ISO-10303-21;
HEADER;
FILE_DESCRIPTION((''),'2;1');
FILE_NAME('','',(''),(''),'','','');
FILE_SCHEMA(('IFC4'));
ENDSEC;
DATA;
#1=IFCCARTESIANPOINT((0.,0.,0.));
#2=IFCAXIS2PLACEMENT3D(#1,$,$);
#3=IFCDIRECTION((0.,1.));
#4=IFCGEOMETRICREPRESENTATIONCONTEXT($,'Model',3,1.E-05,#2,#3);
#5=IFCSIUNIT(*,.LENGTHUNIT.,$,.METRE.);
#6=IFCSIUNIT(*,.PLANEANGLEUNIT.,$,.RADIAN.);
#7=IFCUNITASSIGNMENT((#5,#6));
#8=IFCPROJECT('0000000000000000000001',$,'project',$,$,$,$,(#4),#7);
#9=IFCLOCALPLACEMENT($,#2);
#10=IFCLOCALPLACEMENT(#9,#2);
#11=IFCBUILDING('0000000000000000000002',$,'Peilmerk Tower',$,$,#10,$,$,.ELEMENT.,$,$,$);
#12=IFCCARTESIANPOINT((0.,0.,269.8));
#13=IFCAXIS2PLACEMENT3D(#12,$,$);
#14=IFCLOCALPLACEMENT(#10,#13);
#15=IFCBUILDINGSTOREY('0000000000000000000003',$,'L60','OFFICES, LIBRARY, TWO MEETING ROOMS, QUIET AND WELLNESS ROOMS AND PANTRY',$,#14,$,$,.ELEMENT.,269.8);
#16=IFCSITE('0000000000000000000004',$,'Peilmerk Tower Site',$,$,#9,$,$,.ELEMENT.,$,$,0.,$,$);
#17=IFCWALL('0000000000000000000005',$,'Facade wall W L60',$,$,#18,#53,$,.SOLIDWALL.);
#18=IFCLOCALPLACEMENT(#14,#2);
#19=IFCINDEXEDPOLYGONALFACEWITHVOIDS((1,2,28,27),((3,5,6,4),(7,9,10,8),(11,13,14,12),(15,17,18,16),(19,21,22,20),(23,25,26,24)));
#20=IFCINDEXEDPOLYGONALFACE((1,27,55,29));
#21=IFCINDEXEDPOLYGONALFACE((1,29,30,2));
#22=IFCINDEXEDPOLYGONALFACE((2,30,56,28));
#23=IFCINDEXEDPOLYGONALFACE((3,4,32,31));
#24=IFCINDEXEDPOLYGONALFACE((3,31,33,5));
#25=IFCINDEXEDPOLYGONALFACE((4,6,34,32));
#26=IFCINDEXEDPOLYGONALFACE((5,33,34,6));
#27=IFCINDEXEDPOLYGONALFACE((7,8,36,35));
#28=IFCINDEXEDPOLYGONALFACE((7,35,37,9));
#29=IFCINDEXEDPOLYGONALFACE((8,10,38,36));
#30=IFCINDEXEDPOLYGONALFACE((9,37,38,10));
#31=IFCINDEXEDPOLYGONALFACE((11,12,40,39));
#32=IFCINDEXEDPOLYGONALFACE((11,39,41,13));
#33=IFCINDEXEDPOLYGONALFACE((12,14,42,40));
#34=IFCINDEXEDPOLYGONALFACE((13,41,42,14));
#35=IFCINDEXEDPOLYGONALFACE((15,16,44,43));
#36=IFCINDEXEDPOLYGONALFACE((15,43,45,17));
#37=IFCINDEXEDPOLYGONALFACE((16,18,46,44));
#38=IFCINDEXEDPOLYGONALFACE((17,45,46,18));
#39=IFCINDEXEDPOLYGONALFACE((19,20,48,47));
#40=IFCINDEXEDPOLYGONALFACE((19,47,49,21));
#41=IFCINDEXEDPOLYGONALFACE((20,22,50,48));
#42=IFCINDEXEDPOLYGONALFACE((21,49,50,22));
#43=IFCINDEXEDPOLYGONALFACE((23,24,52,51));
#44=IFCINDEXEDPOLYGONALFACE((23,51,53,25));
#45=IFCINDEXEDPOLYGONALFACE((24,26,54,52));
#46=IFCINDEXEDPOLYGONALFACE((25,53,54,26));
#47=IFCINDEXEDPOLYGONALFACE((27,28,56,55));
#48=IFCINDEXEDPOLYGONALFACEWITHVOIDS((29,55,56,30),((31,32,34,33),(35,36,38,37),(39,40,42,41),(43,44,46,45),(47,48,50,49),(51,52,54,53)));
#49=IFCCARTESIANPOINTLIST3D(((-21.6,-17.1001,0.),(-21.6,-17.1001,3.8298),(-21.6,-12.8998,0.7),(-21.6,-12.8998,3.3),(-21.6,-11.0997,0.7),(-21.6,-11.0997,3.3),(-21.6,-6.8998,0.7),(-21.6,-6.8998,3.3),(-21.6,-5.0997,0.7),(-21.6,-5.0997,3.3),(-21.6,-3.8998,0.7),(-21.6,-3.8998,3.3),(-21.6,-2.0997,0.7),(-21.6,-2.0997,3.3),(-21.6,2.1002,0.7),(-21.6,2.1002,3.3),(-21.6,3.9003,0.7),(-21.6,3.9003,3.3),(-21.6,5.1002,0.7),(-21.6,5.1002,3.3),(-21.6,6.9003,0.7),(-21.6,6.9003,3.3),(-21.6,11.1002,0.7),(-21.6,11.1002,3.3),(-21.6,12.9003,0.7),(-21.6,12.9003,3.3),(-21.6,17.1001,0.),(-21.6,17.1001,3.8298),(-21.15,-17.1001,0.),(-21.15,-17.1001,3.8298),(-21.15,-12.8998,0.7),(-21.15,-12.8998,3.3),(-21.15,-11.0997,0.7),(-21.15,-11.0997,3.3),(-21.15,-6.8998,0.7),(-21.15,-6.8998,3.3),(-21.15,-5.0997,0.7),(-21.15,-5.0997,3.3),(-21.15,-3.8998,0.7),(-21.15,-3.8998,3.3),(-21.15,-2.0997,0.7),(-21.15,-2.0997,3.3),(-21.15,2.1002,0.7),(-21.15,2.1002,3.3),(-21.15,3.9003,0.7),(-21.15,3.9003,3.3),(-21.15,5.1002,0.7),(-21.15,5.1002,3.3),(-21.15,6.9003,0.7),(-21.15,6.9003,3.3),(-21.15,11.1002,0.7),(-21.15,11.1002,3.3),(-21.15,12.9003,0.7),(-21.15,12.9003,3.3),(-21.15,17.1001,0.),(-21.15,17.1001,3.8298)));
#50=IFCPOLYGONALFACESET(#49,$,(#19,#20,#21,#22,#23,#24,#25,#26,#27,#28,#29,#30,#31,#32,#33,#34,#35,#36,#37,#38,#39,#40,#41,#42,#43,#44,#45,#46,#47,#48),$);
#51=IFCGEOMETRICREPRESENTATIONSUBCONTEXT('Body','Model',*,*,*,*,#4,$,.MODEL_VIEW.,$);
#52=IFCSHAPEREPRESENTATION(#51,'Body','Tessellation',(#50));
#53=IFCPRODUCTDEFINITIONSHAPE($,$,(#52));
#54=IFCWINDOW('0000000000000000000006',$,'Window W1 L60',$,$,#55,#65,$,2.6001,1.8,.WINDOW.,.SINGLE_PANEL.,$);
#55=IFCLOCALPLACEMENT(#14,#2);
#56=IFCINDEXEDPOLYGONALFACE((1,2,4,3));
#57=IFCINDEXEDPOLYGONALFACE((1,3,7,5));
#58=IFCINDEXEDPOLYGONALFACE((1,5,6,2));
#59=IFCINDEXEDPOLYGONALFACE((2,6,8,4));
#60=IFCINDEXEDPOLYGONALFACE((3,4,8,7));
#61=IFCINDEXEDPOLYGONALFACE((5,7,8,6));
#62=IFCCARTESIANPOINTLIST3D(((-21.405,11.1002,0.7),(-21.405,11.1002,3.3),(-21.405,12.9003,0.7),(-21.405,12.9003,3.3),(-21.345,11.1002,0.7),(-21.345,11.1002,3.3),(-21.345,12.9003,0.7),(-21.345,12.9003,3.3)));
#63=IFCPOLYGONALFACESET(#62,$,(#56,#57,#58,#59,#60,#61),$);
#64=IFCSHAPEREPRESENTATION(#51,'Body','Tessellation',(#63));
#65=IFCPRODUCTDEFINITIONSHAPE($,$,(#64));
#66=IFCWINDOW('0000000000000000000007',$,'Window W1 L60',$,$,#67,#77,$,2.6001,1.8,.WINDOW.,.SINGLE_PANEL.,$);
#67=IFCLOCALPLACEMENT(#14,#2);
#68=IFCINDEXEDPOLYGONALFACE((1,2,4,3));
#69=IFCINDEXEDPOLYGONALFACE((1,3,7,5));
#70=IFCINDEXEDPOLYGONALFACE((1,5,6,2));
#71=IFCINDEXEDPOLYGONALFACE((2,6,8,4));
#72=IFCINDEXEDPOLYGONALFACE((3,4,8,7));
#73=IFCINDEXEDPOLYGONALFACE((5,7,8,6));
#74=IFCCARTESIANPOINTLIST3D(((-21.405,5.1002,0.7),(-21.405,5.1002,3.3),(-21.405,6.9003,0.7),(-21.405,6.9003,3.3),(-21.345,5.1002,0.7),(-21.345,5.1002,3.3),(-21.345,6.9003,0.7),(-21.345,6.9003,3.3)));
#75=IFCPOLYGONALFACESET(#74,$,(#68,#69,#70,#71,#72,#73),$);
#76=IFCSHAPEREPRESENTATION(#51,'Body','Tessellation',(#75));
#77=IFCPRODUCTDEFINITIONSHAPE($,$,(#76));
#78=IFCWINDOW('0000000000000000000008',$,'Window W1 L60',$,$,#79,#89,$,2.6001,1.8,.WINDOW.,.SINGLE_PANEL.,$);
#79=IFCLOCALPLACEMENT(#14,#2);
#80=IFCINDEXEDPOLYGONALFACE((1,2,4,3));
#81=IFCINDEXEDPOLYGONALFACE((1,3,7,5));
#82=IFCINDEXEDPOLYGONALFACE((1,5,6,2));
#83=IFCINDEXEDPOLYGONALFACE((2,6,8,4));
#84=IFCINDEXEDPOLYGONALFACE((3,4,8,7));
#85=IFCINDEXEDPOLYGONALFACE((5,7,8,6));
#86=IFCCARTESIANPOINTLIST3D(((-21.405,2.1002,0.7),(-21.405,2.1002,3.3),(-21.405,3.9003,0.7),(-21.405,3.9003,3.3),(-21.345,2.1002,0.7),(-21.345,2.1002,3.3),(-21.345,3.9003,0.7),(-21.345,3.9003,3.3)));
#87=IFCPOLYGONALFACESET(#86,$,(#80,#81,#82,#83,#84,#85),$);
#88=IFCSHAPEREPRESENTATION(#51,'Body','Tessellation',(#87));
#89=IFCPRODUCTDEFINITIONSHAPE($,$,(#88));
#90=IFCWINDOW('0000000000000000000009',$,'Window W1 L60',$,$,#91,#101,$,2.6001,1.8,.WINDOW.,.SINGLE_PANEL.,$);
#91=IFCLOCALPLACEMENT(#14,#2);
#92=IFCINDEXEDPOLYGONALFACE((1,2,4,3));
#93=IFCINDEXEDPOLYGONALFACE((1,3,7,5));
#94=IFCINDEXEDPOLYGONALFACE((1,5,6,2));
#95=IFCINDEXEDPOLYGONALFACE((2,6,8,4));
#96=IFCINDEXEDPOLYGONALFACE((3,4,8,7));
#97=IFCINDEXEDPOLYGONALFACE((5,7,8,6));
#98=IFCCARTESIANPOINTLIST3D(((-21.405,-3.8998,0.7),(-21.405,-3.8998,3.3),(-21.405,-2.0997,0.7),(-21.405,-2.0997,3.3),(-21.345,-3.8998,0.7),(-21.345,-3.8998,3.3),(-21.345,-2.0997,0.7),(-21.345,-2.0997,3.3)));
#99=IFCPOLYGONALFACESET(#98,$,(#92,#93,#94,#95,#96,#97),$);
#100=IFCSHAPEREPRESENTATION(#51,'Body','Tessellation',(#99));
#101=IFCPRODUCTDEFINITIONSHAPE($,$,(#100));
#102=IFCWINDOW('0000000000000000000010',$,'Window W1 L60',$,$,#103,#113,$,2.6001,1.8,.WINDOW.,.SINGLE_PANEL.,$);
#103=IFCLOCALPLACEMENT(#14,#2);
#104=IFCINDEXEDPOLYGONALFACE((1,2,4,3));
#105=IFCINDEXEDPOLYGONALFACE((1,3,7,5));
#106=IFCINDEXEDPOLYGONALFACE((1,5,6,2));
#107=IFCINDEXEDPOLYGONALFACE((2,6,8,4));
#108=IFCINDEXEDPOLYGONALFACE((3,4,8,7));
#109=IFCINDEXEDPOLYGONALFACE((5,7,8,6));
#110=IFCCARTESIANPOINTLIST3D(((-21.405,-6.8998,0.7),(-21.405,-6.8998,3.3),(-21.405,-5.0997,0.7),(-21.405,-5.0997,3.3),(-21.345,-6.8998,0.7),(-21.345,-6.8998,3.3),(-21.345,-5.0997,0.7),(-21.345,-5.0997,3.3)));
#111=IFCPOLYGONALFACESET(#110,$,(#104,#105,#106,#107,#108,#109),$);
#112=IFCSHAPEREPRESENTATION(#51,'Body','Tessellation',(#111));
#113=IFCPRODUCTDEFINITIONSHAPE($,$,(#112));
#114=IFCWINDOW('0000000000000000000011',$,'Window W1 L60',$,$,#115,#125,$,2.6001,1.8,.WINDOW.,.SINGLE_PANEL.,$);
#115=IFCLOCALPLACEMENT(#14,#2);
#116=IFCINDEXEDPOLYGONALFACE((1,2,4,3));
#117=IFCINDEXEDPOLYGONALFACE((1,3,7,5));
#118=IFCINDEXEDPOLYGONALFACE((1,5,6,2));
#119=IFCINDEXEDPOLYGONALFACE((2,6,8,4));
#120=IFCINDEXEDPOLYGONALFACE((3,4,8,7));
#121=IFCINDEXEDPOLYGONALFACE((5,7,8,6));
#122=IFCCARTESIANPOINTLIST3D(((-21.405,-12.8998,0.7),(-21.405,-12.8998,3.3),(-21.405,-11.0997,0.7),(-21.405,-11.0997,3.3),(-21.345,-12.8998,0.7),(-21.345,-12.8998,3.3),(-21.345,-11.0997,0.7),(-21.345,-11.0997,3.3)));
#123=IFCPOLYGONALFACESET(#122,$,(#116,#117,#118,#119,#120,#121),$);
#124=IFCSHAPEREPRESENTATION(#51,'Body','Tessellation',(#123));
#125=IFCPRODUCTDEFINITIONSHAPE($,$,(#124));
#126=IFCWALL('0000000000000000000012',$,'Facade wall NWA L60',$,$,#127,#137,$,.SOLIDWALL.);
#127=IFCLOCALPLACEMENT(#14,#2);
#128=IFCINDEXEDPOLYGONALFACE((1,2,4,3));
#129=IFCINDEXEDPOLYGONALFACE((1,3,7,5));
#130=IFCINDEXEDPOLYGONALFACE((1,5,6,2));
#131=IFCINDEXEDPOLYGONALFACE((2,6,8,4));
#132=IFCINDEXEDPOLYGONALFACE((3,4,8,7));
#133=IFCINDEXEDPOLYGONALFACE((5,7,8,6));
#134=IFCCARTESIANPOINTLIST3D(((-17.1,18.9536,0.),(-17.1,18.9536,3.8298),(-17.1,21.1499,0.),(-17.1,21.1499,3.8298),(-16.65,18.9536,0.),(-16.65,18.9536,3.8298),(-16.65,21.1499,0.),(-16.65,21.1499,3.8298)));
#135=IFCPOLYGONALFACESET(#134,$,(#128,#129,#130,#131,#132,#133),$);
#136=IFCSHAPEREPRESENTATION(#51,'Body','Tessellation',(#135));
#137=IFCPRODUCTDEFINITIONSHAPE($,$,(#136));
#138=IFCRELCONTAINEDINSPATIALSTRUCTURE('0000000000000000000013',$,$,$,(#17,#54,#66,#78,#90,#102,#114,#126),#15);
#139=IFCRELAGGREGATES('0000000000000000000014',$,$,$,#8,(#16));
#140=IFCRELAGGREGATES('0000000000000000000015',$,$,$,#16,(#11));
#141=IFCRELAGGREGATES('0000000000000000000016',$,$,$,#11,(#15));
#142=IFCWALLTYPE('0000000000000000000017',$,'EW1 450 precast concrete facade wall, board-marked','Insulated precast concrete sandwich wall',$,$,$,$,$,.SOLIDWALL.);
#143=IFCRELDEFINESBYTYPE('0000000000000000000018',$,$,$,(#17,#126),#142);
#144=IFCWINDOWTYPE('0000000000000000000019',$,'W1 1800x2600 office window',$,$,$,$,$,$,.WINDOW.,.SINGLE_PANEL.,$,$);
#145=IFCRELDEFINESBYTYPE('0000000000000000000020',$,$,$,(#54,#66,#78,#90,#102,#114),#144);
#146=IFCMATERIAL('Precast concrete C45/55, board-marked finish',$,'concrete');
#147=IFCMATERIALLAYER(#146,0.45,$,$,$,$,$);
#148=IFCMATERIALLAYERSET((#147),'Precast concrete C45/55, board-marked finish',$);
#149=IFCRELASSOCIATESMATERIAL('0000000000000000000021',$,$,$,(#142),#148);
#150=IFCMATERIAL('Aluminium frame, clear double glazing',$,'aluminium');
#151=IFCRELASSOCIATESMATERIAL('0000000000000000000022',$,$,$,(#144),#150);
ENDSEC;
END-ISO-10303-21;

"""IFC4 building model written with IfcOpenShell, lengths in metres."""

from ifc_helpers import new_model, si_unit, direction, frame, frame_2d, origin, place, context, subcontext, project, spatial, rectangle, extrude, material, layer, layer_set, type_object, element, fill, save


model = new_model("IFC4")

# Units and contexts
model_context = context("Model", 3, precision=1e-05, world=origin(), true_north=direction((0.0, 1.0)))
body_context = subcontext(model_context, "Body", "Model", "MODEL_VIEW")
ifc_project = project(units=[si_unit("LENGTHUNIT", "METRE"), si_unit("PLANEANGLEUNIT", "RADIAN")], contexts=[model_context])

# Site, building, storey
site_placement = place(None, origin())
site = spatial("IfcSite", under=ifc_project, at=site_placement, Name="Peilmerk Tower Site", CompositionType="ELEMENT", RefElevation=0.0)
building_placement = place(site_placement, origin())
building = spatial("IfcBuilding", under=site, at=building_placement, Name="Peilmerk Tower", CompositionType="ELEMENT")
storey_placement = place(building_placement, frame((0.0, 0.0, 269.8)))
storey = spatial("IfcBuildingStorey", under=building, at=storey_placement, Name="L60", Description="OFFICES, LIBRARY, TWO MEETING ROOMS, QUIET AND WELLNESS ROOMS AND PANTRY", CompositionType="ELEMENT", Elevation=269.8)

# Wall, openings, windows
ifc_material_1 = material(Name="Precast concrete C45/55, board-marked finish", Category="concrete")
ifc_layer_1 = layer(ifc_material_1, 0.45)
ifc_layer_set_1 = layer_set([ifc_layer_1], Name="Precast concrete C45/55, board-marked finish")
wall_type = type_object("IfcWallType", Name="EW1 450 precast concrete facade wall, board-marked", Description="Insulated precast concrete sandwich wall", PredefinedType="SOLIDWALL", material=ifc_layer_set_1)
wall_1_placement = place(storey_placement, frame((-21.375, 17.1001, 0.0), z_axis=(0.0, 0.0, 1.0), x_axis=(0.0, -1.0, 0.0)))
wall_1 = element("IfcWall", 1, at=wall_1_placement, inside=storey, type_object=wall_type, Name="Facade wall W L60", PredefinedType="SOLIDWALL", context=body_context, shape_type="SweptSolid", body=[
    extrude(rectangle(XDim=34.2002, YDim=0.45, at=frame_2d((17.1001, 0.0))), origin(), (0.0, 0.0, 1.0), 3.8298),
])
opening_1_placement = place(wall_1_placement, frame((4.2, 0.0, 0.7)))
opening_1 = element("IfcOpeningElement", 2, at=opening_1_placement, cuts=wall_1, PredefinedType="OPENING", context=body_context, shape_type="SweptSolid", body=[
    extrude(rectangle(XDim=1.8, YDim=2.6001, at=frame_2d((0.8999, 1.3))), frame((0.0, 0.2349, 0.0), z_axis=(0.0, -1.0, 0.0), x_axis=(1.0, 0.0, 0.0)), (0.0, 0.0, 1.0), 0.47),
])
opening_2_placement = place(wall_1_placement, frame((10.2, 0.0, 0.7)))
opening_2 = element("IfcOpeningElement", 3, at=opening_2_placement, cuts=wall_1, PredefinedType="OPENING", context=body_context, shape_type="SweptSolid", body=[
    extrude(rectangle(XDim=1.8, YDim=2.6001, at=frame_2d((0.8999, 1.3))), frame((0.0, 0.2349, 0.0), z_axis=(0.0, -1.0, 0.0), x_axis=(1.0, 0.0, 0.0)), (0.0, 0.0, 1.0), 0.47),
])
opening_3_placement = place(wall_1_placement, frame((13.2, 0.0, 0.7)))
opening_3 = element("IfcOpeningElement", 4, at=opening_3_placement, cuts=wall_1, PredefinedType="OPENING", context=body_context, shape_type="SweptSolid", body=[
    extrude(rectangle(XDim=1.8, YDim=2.6001, at=frame_2d((0.8999, 1.3))), frame((0.0, 0.2349, 0.0), z_axis=(0.0, -1.0, 0.0), x_axis=(1.0, 0.0, 0.0)), (0.0, 0.0, 1.0), 0.47),
])
opening_4_placement = place(wall_1_placement, frame((19.2, 0.0, 0.7)))
opening_4 = element("IfcOpeningElement", 5, at=opening_4_placement, cuts=wall_1, PredefinedType="OPENING", context=body_context, shape_type="SweptSolid", body=[
    extrude(rectangle(XDim=1.8, YDim=2.6001, at=frame_2d((0.8999, 1.3))), frame((0.0, 0.2349, 0.0), z_axis=(0.0, -1.0, 0.0), x_axis=(1.0, 0.0, 0.0)), (0.0, 0.0, 1.0), 0.47),
])
opening_5_placement = place(wall_1_placement, frame((22.2, 0.0, 0.7)))
opening_5 = element("IfcOpeningElement", 6, at=opening_5_placement, cuts=wall_1, PredefinedType="OPENING", context=body_context, shape_type="SweptSolid", body=[
    extrude(rectangle(XDim=1.8, YDim=2.6001, at=frame_2d((0.8999, 1.3))), frame((0.0, 0.2349, 0.0), z_axis=(0.0, -1.0, 0.0), x_axis=(1.0, 0.0, 0.0)), (0.0, 0.0, 1.0), 0.47),
])
opening_6_placement = place(wall_1_placement, frame((28.2, 0.0, 0.7)))
opening_6 = element("IfcOpeningElement", 7, at=opening_6_placement, cuts=wall_1, PredefinedType="OPENING", context=body_context, shape_type="SweptSolid", body=[
    extrude(rectangle(XDim=1.8, YDim=2.6001, at=frame_2d((0.8999, 1.3))), frame((0.0, 0.2349, 0.0), z_axis=(0.0, -1.0, 0.0), x_axis=(1.0, 0.0, 0.0)), (0.0, 0.0, 1.0), 0.47),
])
ifc_material_2 = material(Name="Aluminium frame, clear double glazing", Category="aluminium")
window_type = type_object("IfcWindowType", Name="W1 1800x2600 office window", PartitioningType="SINGLE_PANEL", PredefinedType="WINDOW", material=ifc_material_2)
window_1_placement = place(opening_1_placement, origin())
window_1 = element("IfcWindow", 8, at=window_1_placement, inside=storey, type_object=window_type, Name="Window W1 L60", OverallHeight=2.6001, OverallWidth=1.8, PartitioningType="SINGLE_PANEL", PredefinedType="WINDOW", context=body_context, shape_type="SweptSolid", body=[
    extrude(rectangle(XDim=1.8, YDim=2.6001, at=frame_2d((0.8999, 1.3))), frame((0.0, 0.03, 0.0), z_axis=(0.0, -1.0, 0.0), x_axis=(1.0, 0.0, 0.0)), (0.0, 0.0, 1.0), 0.0601),
])
fill(opening_1, window_1)
window_2_placement = place(opening_2_placement, origin())
window_2 = element("IfcWindow", 9, at=window_2_placement, inside=storey, type_object=window_type, Name="Window W1 L60", OverallHeight=2.6001, OverallWidth=1.8, PartitioningType="SINGLE_PANEL", PredefinedType="WINDOW", context=body_context, shape_type="SweptSolid", body=[
    extrude(rectangle(XDim=1.8, YDim=2.6001, at=frame_2d((0.8999, 1.3))), frame((0.0, 0.03, 0.0), z_axis=(0.0, -1.0, 0.0), x_axis=(1.0, 0.0, 0.0)), (0.0, 0.0, 1.0), 0.0601),
])
fill(opening_2, window_2)
window_3_placement = place(opening_3_placement, origin())
window_3 = element("IfcWindow", 10, at=window_3_placement, inside=storey, type_object=window_type, Name="Window W1 L60", OverallHeight=2.6001, OverallWidth=1.8, PartitioningType="SINGLE_PANEL", PredefinedType="WINDOW", context=body_context, shape_type="SweptSolid", body=[
    extrude(rectangle(XDim=1.8, YDim=2.6001, at=frame_2d((0.8999, 1.3))), frame((0.0, 0.03, 0.0), z_axis=(0.0, -1.0, 0.0), x_axis=(1.0, 0.0, 0.0)), (0.0, 0.0, 1.0), 0.0601),
])
fill(opening_3, window_3)
window_4_placement = place(opening_4_placement, origin())
window_4 = element("IfcWindow", 11, at=window_4_placement, inside=storey, type_object=window_type, Name="Window W1 L60", OverallHeight=2.6001, OverallWidth=1.8, PartitioningType="SINGLE_PANEL", PredefinedType="WINDOW", context=body_context, shape_type="SweptSolid", body=[
    extrude(rectangle(XDim=1.8, YDim=2.6001, at=frame_2d((0.8999, 1.3))), frame((0.0, 0.03, 0.0), z_axis=(0.0, -1.0, 0.0), x_axis=(1.0, 0.0, 0.0)), (0.0, 0.0, 1.0), 0.0601),
])
fill(opening_4, window_4)
window_5_placement = place(opening_5_placement, origin())
window_5 = element("IfcWindow", 12, at=window_5_placement, inside=storey, type_object=window_type, Name="Window W1 L60", OverallHeight=2.6001, OverallWidth=1.8, PartitioningType="SINGLE_PANEL", PredefinedType="WINDOW", context=body_context, shape_type="SweptSolid", body=[
    extrude(rectangle(XDim=1.8, YDim=2.6001, at=frame_2d((0.8999, 1.3))), frame((0.0, 0.03, 0.0), z_axis=(0.0, -1.0, 0.0), x_axis=(1.0, 0.0, 0.0)), (0.0, 0.0, 1.0), 0.0601),
])
fill(opening_5, window_5)
window_6_placement = place(opening_6_placement, origin())
window_6 = element("IfcWindow", 13, at=window_6_placement, inside=storey, type_object=window_type, Name="Window W1 L60", OverallHeight=2.6001, OverallWidth=1.8, PartitioningType="SINGLE_PANEL", PredefinedType="WINDOW", context=body_context, shape_type="SweptSolid", body=[
    extrude(rectangle(XDim=1.8, YDim=2.6001, at=frame_2d((0.8999, 1.3))), frame((0.0, 0.03, 0.0), z_axis=(0.0, -1.0, 0.0), x_axis=(1.0, 0.0, 0.0)), (0.0, 0.0, 1.0), 0.0601),
])
fill(opening_6, window_6)

# Wall
wall_2_placement = place(storey_placement, frame((-16.875, 18.9536, 0.0), z_axis=(0.0, 0.0, 1.0), x_axis=(0.0, 1.0, 0.0)))
element("IfcWall", 14, at=wall_2_placement, inside=storey, type_object=wall_type, Name="Facade wall NWA L60", PredefinedType="SOLIDWALL", context=body_context, shape_type="SweptSolid", body=[
    extrude(rectangle(XDim=2.1963, YDim=0.45, at=frame_2d((1.0981, 0.0))), origin(), (0.0, 0.0, 1.0), 3.8298),
])

save(model, "model.ifc")
